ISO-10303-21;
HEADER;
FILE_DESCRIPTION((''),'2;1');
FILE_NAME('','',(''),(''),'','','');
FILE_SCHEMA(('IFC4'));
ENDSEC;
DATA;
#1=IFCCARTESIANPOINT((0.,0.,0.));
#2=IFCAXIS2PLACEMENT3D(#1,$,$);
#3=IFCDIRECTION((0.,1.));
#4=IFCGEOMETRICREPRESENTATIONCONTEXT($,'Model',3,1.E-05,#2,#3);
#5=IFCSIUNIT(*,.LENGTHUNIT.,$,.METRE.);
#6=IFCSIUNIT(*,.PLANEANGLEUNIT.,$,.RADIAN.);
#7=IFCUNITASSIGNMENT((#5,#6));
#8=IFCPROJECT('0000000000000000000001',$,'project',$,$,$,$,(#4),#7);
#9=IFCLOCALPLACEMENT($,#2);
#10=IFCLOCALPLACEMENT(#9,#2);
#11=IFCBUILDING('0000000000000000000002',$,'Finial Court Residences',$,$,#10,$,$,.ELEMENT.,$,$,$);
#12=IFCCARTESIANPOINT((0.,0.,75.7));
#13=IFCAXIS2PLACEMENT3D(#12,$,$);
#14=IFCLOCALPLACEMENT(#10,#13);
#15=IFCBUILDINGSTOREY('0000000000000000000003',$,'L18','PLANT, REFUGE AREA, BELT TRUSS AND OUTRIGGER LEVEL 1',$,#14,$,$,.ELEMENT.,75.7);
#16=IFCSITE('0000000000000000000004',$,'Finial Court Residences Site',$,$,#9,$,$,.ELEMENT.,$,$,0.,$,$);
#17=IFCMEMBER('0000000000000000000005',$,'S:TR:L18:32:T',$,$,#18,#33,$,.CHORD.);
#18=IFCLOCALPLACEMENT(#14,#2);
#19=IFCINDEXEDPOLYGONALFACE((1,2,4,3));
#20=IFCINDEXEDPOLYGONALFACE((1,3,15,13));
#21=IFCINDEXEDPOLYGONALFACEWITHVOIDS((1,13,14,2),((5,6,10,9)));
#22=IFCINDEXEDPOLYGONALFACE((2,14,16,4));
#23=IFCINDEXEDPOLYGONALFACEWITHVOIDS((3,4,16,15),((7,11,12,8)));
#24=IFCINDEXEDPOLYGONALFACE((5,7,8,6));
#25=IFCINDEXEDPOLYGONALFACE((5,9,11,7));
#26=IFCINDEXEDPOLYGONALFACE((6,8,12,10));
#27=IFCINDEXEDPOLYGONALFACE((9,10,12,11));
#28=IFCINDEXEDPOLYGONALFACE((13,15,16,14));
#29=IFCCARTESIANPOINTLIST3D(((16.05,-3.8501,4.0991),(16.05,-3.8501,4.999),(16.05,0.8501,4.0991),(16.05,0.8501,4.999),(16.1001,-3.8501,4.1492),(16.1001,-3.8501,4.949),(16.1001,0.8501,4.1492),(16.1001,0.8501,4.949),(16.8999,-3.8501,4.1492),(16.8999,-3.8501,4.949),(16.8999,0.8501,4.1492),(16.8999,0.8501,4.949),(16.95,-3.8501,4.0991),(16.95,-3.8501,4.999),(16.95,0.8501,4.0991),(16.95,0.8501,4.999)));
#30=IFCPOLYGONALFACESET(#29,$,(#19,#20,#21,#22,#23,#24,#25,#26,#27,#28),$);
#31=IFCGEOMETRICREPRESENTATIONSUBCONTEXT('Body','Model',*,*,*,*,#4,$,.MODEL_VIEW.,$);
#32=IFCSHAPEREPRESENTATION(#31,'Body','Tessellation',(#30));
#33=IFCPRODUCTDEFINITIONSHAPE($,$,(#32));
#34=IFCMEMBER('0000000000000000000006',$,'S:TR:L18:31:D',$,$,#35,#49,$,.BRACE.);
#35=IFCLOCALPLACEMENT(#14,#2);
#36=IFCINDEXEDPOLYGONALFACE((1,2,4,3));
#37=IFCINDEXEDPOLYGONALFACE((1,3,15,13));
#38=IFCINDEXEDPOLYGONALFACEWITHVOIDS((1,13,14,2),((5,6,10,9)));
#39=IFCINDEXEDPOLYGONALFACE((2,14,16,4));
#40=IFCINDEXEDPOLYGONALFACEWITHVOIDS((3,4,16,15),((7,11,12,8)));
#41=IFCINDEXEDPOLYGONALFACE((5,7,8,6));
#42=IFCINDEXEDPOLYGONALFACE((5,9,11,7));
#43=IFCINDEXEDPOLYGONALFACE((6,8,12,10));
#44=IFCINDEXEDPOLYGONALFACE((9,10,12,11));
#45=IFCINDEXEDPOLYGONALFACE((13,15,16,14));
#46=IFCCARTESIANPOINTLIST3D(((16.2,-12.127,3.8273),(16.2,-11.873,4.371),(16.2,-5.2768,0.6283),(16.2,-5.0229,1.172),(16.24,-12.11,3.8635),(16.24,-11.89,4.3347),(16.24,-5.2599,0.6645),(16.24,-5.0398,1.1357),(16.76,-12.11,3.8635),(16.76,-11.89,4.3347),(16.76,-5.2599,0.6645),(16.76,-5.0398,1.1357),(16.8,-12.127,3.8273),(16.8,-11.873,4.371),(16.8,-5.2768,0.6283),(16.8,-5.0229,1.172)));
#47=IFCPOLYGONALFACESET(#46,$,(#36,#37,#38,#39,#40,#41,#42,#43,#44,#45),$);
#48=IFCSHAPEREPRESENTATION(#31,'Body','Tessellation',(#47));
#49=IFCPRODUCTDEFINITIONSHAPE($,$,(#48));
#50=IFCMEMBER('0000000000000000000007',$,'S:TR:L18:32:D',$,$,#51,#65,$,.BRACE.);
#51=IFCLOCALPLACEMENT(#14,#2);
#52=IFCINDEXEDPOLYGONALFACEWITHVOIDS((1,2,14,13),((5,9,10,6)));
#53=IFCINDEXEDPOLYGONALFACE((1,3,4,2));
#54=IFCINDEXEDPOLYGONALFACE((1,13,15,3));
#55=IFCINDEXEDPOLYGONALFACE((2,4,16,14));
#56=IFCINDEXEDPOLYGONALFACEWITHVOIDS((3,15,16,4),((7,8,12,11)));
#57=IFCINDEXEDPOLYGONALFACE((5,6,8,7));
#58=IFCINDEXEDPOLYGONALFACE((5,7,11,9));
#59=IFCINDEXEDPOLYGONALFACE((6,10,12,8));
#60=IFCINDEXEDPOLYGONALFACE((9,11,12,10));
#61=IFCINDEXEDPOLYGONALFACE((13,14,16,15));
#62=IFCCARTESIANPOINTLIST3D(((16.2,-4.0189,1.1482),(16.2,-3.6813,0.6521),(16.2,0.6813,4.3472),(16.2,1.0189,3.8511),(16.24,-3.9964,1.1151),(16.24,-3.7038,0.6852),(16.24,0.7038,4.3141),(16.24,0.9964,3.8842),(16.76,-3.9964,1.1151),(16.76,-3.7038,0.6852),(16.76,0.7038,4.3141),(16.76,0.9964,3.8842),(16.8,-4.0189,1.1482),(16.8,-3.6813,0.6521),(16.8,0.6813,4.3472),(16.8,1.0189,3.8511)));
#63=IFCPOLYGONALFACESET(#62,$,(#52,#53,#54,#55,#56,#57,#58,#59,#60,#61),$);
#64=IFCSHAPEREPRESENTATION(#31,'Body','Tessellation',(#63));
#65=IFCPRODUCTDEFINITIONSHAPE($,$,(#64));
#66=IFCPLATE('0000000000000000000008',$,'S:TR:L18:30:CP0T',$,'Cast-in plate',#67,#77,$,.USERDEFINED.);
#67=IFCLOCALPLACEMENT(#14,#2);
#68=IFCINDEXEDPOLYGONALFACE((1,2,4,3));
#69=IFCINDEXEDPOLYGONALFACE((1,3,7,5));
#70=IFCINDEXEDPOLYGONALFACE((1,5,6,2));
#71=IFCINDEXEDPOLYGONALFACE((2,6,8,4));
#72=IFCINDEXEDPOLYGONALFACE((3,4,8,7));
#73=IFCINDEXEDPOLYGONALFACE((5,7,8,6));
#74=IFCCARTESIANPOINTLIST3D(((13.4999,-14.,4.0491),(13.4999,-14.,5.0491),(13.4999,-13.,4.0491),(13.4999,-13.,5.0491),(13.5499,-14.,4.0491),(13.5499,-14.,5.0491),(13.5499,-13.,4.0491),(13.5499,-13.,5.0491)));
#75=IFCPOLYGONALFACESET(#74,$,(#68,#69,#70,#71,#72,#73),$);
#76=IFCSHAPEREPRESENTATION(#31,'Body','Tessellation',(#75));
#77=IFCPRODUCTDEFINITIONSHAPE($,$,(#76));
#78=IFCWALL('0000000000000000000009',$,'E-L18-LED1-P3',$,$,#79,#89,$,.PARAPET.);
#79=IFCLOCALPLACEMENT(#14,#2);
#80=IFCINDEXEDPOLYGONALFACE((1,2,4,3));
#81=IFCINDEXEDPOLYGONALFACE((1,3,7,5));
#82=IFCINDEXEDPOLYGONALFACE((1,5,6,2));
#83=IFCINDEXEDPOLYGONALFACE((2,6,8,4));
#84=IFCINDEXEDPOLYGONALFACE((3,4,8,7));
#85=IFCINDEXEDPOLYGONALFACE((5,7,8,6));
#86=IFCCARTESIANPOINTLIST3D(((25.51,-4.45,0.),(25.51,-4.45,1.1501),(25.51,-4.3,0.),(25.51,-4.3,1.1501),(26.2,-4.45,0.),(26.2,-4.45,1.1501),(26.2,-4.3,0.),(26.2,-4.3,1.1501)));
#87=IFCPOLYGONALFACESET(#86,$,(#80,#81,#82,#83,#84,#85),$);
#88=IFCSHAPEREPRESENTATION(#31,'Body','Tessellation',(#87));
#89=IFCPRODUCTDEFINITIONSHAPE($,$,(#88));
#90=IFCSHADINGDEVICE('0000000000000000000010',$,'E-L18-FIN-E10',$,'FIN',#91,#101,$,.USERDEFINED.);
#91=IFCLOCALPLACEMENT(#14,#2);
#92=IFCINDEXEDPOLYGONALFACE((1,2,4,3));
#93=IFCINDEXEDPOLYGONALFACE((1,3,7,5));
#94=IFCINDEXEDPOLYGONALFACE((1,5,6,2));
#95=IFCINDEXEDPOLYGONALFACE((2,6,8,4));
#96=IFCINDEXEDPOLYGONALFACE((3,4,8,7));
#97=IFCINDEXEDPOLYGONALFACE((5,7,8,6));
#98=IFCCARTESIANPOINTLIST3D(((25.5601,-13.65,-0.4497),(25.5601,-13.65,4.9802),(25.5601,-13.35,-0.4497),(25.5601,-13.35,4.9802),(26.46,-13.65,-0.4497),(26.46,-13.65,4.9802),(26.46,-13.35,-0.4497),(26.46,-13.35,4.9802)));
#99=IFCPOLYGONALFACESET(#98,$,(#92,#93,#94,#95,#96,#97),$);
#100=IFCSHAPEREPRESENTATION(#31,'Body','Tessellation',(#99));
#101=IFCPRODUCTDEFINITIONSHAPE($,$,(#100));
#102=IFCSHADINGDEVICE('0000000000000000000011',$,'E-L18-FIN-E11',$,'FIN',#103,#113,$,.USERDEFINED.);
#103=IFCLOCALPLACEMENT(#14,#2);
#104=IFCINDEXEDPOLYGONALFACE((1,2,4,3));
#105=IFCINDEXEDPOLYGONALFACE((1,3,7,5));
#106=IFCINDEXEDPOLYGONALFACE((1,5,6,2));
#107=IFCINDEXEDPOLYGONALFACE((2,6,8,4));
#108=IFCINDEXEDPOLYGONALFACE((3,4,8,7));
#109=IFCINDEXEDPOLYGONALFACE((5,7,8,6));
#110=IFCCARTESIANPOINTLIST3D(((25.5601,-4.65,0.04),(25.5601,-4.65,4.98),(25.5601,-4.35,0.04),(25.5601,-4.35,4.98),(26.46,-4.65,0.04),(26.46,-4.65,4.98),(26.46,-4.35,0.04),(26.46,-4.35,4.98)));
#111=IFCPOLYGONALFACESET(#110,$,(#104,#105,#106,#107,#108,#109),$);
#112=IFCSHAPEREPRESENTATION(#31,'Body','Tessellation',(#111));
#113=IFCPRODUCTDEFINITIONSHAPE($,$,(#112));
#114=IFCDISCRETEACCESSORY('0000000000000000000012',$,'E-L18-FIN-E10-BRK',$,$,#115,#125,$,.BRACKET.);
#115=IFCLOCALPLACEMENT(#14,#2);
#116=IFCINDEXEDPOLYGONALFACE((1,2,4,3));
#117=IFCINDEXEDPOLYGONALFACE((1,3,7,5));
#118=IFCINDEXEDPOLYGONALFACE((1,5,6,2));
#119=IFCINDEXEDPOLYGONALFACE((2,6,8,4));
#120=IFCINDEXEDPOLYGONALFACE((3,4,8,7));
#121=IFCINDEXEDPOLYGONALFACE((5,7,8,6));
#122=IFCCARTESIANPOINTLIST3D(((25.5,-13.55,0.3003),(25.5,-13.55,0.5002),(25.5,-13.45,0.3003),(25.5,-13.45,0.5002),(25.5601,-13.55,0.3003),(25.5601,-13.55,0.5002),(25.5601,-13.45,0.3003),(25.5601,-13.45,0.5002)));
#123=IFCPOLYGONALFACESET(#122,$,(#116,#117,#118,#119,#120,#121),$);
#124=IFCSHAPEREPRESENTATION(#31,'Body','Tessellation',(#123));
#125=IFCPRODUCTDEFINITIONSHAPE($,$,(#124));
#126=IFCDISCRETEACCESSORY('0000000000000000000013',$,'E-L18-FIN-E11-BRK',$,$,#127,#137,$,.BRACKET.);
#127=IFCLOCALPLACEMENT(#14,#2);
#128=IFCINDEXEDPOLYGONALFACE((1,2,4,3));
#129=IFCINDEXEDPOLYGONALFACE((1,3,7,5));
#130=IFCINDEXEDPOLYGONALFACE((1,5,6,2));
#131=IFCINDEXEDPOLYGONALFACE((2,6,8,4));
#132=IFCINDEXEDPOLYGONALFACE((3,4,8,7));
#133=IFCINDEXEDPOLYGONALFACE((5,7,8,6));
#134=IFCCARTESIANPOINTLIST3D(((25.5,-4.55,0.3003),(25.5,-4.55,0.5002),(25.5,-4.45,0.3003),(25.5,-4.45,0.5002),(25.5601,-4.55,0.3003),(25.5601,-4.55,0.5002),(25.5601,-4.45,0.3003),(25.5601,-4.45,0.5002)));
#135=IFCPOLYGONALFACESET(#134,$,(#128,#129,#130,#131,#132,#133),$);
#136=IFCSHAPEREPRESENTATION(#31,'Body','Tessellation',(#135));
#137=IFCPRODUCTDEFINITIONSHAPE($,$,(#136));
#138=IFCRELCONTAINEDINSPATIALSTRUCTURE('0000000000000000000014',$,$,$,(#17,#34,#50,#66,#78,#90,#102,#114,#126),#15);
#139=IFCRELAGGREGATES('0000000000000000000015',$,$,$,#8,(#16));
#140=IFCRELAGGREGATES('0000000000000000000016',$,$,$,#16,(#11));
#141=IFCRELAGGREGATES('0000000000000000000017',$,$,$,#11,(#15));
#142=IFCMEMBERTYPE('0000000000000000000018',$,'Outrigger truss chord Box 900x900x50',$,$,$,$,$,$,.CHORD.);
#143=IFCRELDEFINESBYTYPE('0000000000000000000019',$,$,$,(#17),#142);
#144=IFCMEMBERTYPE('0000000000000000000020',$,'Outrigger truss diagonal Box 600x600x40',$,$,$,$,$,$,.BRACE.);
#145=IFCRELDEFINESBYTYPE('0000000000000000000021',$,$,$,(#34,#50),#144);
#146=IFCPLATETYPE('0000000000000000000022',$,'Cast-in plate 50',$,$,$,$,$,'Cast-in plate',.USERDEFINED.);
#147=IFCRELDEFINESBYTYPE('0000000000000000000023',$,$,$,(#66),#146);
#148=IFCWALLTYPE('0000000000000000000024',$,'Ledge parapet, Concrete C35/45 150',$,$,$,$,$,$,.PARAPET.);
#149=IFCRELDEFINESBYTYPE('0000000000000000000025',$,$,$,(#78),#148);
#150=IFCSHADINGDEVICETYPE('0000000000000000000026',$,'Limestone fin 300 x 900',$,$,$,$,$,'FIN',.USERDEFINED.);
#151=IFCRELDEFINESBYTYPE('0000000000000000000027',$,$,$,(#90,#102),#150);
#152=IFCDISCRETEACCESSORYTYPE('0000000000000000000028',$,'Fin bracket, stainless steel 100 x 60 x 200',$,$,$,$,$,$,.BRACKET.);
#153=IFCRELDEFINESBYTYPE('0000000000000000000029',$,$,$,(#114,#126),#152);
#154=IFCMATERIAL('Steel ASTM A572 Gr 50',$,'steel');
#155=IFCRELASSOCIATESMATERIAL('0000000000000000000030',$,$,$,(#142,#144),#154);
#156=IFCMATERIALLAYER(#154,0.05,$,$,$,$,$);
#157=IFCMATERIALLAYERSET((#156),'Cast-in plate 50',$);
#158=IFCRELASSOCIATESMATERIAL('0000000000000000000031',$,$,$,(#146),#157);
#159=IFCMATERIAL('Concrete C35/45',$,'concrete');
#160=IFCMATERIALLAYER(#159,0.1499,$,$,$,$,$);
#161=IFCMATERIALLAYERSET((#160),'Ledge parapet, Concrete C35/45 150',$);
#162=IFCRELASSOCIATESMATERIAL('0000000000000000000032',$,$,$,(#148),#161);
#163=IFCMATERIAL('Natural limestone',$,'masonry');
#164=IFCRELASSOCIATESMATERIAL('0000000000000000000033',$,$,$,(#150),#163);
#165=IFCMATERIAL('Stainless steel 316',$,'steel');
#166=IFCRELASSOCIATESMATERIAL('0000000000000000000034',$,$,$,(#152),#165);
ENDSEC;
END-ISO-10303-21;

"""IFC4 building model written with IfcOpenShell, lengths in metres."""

from ifc_helpers import new_model, si_unit, direction, frame, frame_2d, origin, origin_2d, place, context, subcontext, project, spatial, rectangle, hollow_rectangle, extrude, material, layer, layer_set, material_profile, profile_set, type_object, element, save


model = new_model("IFC4")

# Units and contexts
model_context = context("Model", 3, precision=1e-05, world=origin(), true_north=direction((0.0, 1.0)))
body_context = subcontext(model_context, "Body", "Model", "MODEL_VIEW")
ifc_project = project(units=[si_unit("LENGTHUNIT", "METRE"), si_unit("PLANEANGLEUNIT", "RADIAN")], contexts=[model_context])

# Site, building, storey
site_placement = place(None, origin())
site = spatial("IfcSite", under=ifc_project, at=site_placement, Name="Finial Court Residences Site", CompositionType="ELEMENT", RefElevation=0.0)
building_placement = place(site_placement, origin())
building = spatial("IfcBuilding", under=site, at=building_placement, Name="Finial Court Residences", CompositionType="ELEMENT")
storey_placement = place(building_placement, frame((0.0, 0.0, 75.7)))
storey = spatial("IfcBuildingStorey", under=building, at=storey_placement, Name="L18", Description="PLANT, REFUGE AREA, BELT TRUSS AND OUTRIGGER LEVEL 1", CompositionType="ELEMENT", Elevation=75.7)

# Members
ifc_material_1 = material(Name="Steel ASTM A572 Gr 50", Category="steel")
ifc_material_profile_1 = material_profile(ifc_material_1, hollow_rectangle(XDim=0.8999, YDim=0.8999, WallThickness=0.05, at=origin_2d()), Name="Box 900x900x50")
ifc_profile_set_1 = profile_set([ifc_material_profile_1], Name="Steel ASTM A572 Gr 50")
member_type_1 = type_object("IfcMemberType", Name="Outrigger truss chord Box 900x900x50", PredefinedType="CHORD", material=ifc_profile_set_1)
for number, where, z_axis, x_axis, name in (
    (1, (16.5, -3.8501, 4.5491), (0.0, 1.0, 0.0), (-1.0, 0.0, 0.0), "S:TR:L18:32:T"),
):
    element("IfcMember", number, at=place(storey_placement, frame(where, z_axis=z_axis, x_axis=x_axis)), inside=storey, type_object=member_type_1, Name=name, PredefinedType="CHORD", context=body_context, shape_type="SweptSolid", body=[
        extrude(hollow_rectangle(XDim=0.8999, YDim=0.8999, WallThickness=0.05, at=origin_2d()), origin(), (0.0, 0.0, 1.0), 4.7002),
    ])
ifc_material_profile_2 = material_profile(ifc_material_1, hollow_rectangle(XDim=0.6001, YDim=0.6001, WallThickness=0.04, at=origin_2d()), Name="Box 600x600x40")
ifc_profile_set_2 = profile_set([ifc_material_profile_2], Name="Steel ASTM A572 Gr 50")
member_type_2 = type_object("IfcMemberType", Name="Outrigger truss diagonal Box 600x600x40", PredefinedType="BRACE", material=ifc_profile_set_2)
member_1_placement = place(storey_placement, frame((16.5, -12.0, 4.0991), z_axis=(0.0, 0.906068, -0.423131), x_axis=(-1.0, 0.0, 0.0)))
element("IfcMember", 2, at=member_1_placement, inside=storey, type_object=member_type_2, Name="S:TR:L18:31:D", PredefinedType="BRACE", context=body_context, shape_type="SweptSolid", body=[
    extrude(hollow_rectangle(XDim=0.6001, YDim=0.6001, WallThickness=0.04, at=origin_2d()), origin(), (0.0, 0.0, 1.0), 7.5603),
])
member_2_placement = place(storey_placement, frame((16.5, -3.8501, 0.9001), z_axis=(0.0, 0.826694, 0.562652), x_axis=(-1.0, 0.0, 0.0)))
element("IfcMember", 3, at=member_2_placement, inside=storey, type_object=member_type_2, Name="S:TR:L18:32:D", PredefinedType="BRACE", context=body_context, shape_type="SweptSolid", body=[
    extrude(hollow_rectangle(XDim=0.6001, YDim=0.6001, WallThickness=0.04, at=origin_2d()), origin(), (0.0, 0.0, 1.0), 5.6855),
])

# Plate
ifc_layer_1 = layer(ifc_material_1, 0.05)
ifc_layer_set_1 = layer_set([ifc_layer_1], Name="Cast-in plate 50")
plate_type = type_object("IfcPlateType", Name="Cast-in plate 50", ElementType="Cast-in plate", PredefinedType="USERDEFINED", material=ifc_layer_set_1)
plate_placement = place(storey_placement, frame((13.5249, -13.5, 4.0491), z_axis=(0.0, 0.0, 1.0), x_axis=(1.0, 0.0, 0.0)))
element("IfcPlate", 4, at=plate_placement, inside=storey, type_object=plate_type, Name="S:TR:L18:30:CP0T", ObjectType="Cast-in plate", PredefinedType="USERDEFINED", context=body_context, shape_type="SweptSolid", body=[
    extrude(rectangle(XDim=0.05, YDim=1.0, at=origin_2d()), origin(), (0.0, 0.0, 1.0), 1.0),
])

# Wall
ifc_material_2 = material(Name="Concrete C35/45", Category="concrete")
ifc_layer_2 = layer(ifc_material_2, 0.1499)
ifc_layer_set_2 = layer_set([ifc_layer_2], Name="Ledge parapet, Concrete C35/45 150")
wall_type = type_object("IfcWallType", Name="Ledge parapet, Concrete C35/45 150", PredefinedType="PARAPET", material=ifc_layer_set_2)
wall_placement = place(storey_placement, frame((26.2, -4.375, 0.0), z_axis=(0.0, 0.0, 1.0), x_axis=(-1.0, 0.0, 0.0)))
element("IfcWall", 5, at=wall_placement, inside=storey, type_object=wall_type, Name="E-L18-LED1-P3", PredefinedType="PARAPET", context=body_context, shape_type="SweptSolid", body=[
    extrude(rectangle(XDim=0.6899, YDim=0.1499, at=frame_2d((0.345, 0.0))), origin(), (0.0, 0.0, 1.0), 1.1501),
])

# Shading devices
ifc_material_3 = material(Name="Natural limestone", Category="masonry")
shading_device_type = type_object("IfcShadingDeviceType", Name="Limestone fin 300 x 900", ElementType="FIN", PredefinedType="USERDEFINED", material=ifc_material_3)
shading_device_1_placement = place(storey_placement, frame((26.01, -13.5, -0.4497), z_axis=(0.0, 0.0, 1.0), x_axis=(1.0, 0.0, 0.0)))
element("IfcShadingDevice", 6, at=shading_device_1_placement, inside=storey, type_object=shading_device_type, Name="E-L18-FIN-E10", ObjectType="FIN", PredefinedType="USERDEFINED", context=body_context, shape_type="SweptSolid", body=[
    extrude(rectangle(XDim=0.8999, YDim=0.3, at=origin_2d()), origin(), (0.0, 0.0, 1.0), 5.4299),
])
shading_device_2_placement = place(storey_placement, frame((26.01, -4.5, 0.04), z_axis=(0.0, 0.0, 1.0), x_axis=(1.0, 0.0, 0.0)))
element("IfcShadingDevice", 7, at=shading_device_2_placement, inside=storey, type_object=shading_device_type, Name="E-L18-FIN-E11", ObjectType="FIN", PredefinedType="USERDEFINED", context=body_context, shape_type="SweptSolid", body=[
    extrude(rectangle(XDim=0.8999, YDim=0.3, at=origin_2d()), origin(), (0.0, 0.0, 1.0), 4.9399),
])

# Discrete accessories
ifc_material_4 = material(Name="Stainless steel 316", Category="steel")
discrete_accessory_type = type_object("IfcDiscreteAccessoryType", Name="Fin bracket, stainless steel 100 x 60 x 200", PredefinedType="BRACKET", material=ifc_material_4)
for number, where, z_axis, x_axis, name in (
    (8, (25.53, -13.5, 0.3003), (0.0, 0.0, 1.0), (1.0, 0.0, 0.0), "E-L18-FIN-E10-BRK"),
    (9, (25.53, -4.5, 0.3003), (0.0, 0.0, 1.0), (1.0, 0.0, 0.0), "E-L18-FIN-E11-BRK"),
):
    element("IfcDiscreteAccessory", number, at=place(storey_placement, frame(where, z_axis=z_axis, x_axis=x_axis)), inside=storey, type_object=discrete_accessory_type, Name=name, PredefinedType="BRACKET", context=body_context, shape_type="SweptSolid", body=[
        extrude(rectangle(XDim=0.0601, YDim=0.1001, at=origin_2d()), origin(), (0.0, 0.0, 1.0), 0.2),
    ])

save(model, "model.ifc")
